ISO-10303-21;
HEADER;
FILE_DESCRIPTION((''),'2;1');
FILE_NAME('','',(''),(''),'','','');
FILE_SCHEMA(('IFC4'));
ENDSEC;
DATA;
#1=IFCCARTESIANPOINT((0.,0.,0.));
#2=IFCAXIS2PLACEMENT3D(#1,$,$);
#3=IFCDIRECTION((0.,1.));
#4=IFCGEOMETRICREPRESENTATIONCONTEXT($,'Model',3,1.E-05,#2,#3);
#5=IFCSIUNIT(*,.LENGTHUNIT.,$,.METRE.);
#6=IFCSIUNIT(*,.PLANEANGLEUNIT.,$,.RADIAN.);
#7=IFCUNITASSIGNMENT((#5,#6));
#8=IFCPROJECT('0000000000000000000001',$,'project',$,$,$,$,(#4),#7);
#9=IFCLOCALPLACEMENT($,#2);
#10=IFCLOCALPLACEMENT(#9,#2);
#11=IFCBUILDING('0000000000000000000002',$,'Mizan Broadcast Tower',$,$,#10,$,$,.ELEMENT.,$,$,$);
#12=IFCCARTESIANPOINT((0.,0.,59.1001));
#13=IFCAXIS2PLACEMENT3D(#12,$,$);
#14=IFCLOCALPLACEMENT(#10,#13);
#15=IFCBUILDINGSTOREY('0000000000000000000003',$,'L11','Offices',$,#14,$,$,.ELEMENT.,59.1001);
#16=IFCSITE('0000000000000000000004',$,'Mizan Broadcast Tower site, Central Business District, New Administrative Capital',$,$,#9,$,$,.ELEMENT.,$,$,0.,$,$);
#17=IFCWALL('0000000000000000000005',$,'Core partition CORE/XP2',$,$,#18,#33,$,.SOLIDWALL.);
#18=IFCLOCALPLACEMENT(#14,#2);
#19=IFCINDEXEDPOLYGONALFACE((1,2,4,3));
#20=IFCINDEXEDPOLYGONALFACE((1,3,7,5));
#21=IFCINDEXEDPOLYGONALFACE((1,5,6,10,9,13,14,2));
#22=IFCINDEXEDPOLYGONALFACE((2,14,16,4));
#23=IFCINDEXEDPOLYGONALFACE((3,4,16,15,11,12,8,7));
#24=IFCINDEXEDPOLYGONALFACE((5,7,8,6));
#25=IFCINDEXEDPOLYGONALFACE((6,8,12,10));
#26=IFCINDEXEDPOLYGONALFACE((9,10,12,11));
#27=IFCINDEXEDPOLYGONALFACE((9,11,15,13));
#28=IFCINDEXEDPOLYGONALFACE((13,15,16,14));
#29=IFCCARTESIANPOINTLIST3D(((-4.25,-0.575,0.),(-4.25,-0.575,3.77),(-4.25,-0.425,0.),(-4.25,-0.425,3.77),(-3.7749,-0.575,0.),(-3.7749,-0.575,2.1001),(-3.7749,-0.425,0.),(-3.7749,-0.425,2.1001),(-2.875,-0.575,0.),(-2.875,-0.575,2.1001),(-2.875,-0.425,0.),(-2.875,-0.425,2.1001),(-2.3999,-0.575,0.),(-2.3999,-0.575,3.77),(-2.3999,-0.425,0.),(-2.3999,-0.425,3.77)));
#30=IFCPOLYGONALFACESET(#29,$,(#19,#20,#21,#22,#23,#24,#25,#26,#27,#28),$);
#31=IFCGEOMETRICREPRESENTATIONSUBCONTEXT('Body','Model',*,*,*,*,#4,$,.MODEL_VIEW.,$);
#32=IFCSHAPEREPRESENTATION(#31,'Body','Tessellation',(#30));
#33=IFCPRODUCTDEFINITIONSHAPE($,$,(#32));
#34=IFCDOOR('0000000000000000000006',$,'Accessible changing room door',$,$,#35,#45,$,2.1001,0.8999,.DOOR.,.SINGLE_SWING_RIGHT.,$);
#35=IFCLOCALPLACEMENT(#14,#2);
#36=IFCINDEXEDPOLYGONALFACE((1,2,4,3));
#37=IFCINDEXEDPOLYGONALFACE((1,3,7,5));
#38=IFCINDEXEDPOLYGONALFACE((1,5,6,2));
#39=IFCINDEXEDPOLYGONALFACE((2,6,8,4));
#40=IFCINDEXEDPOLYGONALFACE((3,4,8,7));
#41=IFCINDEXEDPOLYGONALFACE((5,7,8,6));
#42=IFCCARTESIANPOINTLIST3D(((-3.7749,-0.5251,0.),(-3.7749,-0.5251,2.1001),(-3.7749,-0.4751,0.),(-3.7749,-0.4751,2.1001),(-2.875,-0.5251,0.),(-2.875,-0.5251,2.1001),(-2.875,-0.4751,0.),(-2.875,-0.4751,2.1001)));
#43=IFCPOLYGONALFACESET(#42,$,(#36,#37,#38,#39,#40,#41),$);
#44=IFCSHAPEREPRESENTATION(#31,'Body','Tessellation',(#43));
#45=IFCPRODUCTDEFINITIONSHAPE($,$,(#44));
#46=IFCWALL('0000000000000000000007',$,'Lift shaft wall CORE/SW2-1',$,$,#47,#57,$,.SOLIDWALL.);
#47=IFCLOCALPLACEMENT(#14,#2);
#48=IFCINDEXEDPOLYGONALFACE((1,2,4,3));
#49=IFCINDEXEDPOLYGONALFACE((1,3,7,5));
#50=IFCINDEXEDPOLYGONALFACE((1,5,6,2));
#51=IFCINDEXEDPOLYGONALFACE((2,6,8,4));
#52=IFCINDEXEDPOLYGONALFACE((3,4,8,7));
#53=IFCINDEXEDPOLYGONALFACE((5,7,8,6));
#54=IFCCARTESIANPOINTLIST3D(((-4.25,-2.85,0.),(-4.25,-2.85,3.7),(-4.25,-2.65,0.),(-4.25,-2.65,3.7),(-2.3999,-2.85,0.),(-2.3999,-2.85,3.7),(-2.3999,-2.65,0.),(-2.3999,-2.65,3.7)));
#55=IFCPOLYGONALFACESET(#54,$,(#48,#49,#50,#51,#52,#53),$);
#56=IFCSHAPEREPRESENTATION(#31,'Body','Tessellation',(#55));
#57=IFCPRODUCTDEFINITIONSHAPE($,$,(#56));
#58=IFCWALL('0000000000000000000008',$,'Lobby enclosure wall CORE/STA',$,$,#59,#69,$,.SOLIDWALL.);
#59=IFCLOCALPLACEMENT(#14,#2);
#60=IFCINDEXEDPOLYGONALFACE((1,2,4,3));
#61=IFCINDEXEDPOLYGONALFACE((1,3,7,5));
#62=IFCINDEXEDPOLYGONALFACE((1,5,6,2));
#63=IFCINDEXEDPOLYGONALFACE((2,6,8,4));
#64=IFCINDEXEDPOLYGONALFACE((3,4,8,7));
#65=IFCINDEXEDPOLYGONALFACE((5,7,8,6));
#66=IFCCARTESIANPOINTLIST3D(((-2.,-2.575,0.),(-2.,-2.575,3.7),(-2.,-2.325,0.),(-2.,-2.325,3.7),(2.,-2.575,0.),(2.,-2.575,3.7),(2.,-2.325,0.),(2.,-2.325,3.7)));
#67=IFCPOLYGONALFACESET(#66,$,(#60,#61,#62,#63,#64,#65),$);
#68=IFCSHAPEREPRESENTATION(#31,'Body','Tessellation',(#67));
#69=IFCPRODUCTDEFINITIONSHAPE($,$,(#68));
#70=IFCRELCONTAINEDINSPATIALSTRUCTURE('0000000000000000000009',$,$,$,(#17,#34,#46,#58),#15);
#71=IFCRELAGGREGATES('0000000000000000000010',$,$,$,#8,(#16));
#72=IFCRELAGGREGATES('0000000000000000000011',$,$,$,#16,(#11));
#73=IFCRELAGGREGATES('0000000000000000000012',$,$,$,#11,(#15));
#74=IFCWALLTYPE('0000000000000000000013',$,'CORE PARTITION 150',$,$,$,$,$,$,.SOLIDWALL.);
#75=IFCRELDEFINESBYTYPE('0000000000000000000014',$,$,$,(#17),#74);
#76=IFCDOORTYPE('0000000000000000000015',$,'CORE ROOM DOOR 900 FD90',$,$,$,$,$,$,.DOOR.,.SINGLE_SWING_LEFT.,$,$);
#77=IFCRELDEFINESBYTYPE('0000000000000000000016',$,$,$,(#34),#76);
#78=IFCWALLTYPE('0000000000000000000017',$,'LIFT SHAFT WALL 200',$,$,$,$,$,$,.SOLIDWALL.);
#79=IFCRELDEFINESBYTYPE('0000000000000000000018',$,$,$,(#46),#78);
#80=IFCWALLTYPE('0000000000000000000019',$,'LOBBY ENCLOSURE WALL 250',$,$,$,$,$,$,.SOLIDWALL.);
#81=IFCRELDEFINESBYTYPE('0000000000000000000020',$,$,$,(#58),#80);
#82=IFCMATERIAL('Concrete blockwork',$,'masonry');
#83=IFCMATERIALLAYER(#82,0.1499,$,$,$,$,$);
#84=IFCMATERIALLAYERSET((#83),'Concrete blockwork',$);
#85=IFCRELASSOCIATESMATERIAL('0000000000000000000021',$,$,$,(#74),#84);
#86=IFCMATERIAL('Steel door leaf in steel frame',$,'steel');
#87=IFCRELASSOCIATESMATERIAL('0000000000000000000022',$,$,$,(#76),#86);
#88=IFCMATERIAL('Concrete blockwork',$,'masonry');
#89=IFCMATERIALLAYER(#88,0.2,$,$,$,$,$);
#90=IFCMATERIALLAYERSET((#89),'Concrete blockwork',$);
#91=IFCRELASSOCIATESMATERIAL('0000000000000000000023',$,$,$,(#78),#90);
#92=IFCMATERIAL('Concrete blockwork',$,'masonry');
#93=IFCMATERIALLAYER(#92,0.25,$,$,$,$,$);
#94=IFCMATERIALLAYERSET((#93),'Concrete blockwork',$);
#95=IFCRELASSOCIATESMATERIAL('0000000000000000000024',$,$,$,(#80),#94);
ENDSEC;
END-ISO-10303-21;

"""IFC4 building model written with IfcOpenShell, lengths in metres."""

from ifc_helpers import new_model, si_unit, direction, frame, frame_2d, origin, place, context, subcontext, project, spatial, rectangle, extrude, material, layer, layer_set, type_object, element, fill, save


model = new_model("IFC4")

# Units and contexts
model_context = context("Model", 3, precision=1e-05, world=origin(), true_north=direction((0.0, 1.0)))
body_context = subcontext(model_context, "Body", "Model", "MODEL_VIEW")
ifc_project = project(units=[si_unit("LENGTHUNIT", "METRE"), si_unit("PLANEANGLEUNIT", "RADIAN")], contexts=[model_context])

# Site, building, storey
site_placement = place(None, origin())
site = spatial("IfcSite", under=ifc_project, at=site_placement, Name="Mizan Broadcast Tower site, Central Business District, New Administrative Capital", CompositionType="ELEMENT", RefElevation=0.0)
building_placement = place(site_placement, origin())
building = spatial("IfcBuilding", under=site, at=building_placement, Name="Mizan Broadcast Tower", CompositionType="ELEMENT")
storey_placement = place(building_placement, frame((0.0, 0.0, 59.1001)))
storey = spatial("IfcBuildingStorey", under=building, at=storey_placement, Name="L11", Description="Offices", CompositionType="ELEMENT", Elevation=59.1001)

# Wall, opening, door
ifc_material_1 = material(Name="Concrete blockwork", Category="masonry")
ifc_layer_1 = layer(ifc_material_1, 0.1499)
ifc_layer_set_1 = layer_set([ifc_layer_1], Name="Concrete blockwork")
wall_type_1 = type_object("IfcWallType", Name="CORE PARTITION 150", PredefinedType="SOLIDWALL", material=ifc_layer_set_1)
wall_1_placement = place(storey_placement, frame((-4.25, -0.5, 0.0), z_axis=(0.0, 0.0, 1.0), x_axis=(1.0, 0.0, 0.0)))
wall_1 = element("IfcWall", 1, at=wall_1_placement, inside=storey, type_object=wall_type_1, Name="Core partition CORE/XP2", PredefinedType="SOLIDWALL", context=body_context, shape_type="SweptSolid", body=[
    extrude(rectangle(XDim=1.8501, YDim=0.1499, at=frame_2d((0.925, 0.0))), origin(), (0.0, 0.0, 1.0), 3.77),
])
opening_1_placement = place(wall_1_placement, frame((0.4751, 0.0, 0.0)))
opening_1 = element("IfcOpeningElement", 2, at=opening_1_placement, cuts=wall_1, PredefinedType="OPENING", context=body_context, shape_type="SweptSolid", body=[
    extrude(rectangle(XDim=0.8999, YDim=2.1001, at=frame_2d((0.45, 1.05))), frame((0.0, 0.085, 0.0), z_axis=(0.0, -1.0, 0.0), x_axis=(1.0, 0.0, 0.0)), (0.0, 0.0, 1.0), 0.1699),
])
ifc_material_2 = material(Name="Steel door leaf in steel frame", Category="steel")
door_type_1 = type_object("IfcDoorType", Name="CORE ROOM DOOR 900 FD90", OperationType="SINGLE_SWING_LEFT", PredefinedType="DOOR", material=ifc_material_2)
door_1_placement = place(opening_1_placement, origin())
door_1 = element("IfcDoor", 3, at=door_1_placement, inside=storey, type_object=door_type_1, Name="Accessible changing room door", OperationType="SINGLE_SWING_RIGHT", OverallHeight=2.1001, OverallWidth=0.8999, PredefinedType="DOOR", context=body_context, shape_type="SweptSolid", body=[
    extrude(rectangle(XDim=0.8999, YDim=2.1001, at=frame_2d((0.45, 1.05))), frame((0.0, 0.0249, 0.0), z_axis=(0.0, -1.0, 0.0), x_axis=(1.0, 0.0, 0.0)), (0.0, 0.0, 1.0), 0.05),
])
fill(opening_1, door_1)

# Walls
ifc_material_3 = material(Name="Concrete blockwork", Category="masonry")
ifc_layer_2 = layer(ifc_material_3, 0.2)
ifc_layer_set_2 = layer_set([ifc_layer_2], Name="Concrete blockwork")
wall_type_2 = type_object("IfcWallType", Name="LIFT SHAFT WALL 200", PredefinedType="SOLIDWALL", material=ifc_layer_set_2)
wall_2_placement = place(storey_placement, frame((-4.25, -2.75, 0.0), z_axis=(0.0, 0.0, 1.0), x_axis=(1.0, 0.0, 0.0)))
element("IfcWall", 4, at=wall_2_placement, inside=storey, type_object=wall_type_2, Name="Lift shaft wall CORE/SW2-1", PredefinedType="SOLIDWALL", context=body_context, shape_type="SweptSolid", body=[
    extrude(rectangle(XDim=1.8501, YDim=0.2, at=frame_2d((0.925, 0.0))), origin(), (0.0, 0.0, 1.0), 3.7),
])
ifc_material_4 = material(Name="Concrete blockwork", Category="masonry")
ifc_layer_3 = layer(ifc_material_4, 0.25)
ifc_layer_set_3 = layer_set([ifc_layer_3], Name="Concrete blockwork")
wall_type_3 = type_object("IfcWallType", Name="LOBBY ENCLOSURE WALL 250", PredefinedType="SOLIDWALL", material=ifc_layer_set_3)
wall_3_placement = place(storey_placement, frame((-2.0, -2.45, 0.0), z_axis=(0.0, 0.0, 1.0), x_axis=(1.0, 0.0, 0.0)))
element("IfcWall", 5, at=wall_3_placement, inside=storey, type_object=wall_type_3, Name="Lobby enclosure wall CORE/STA", PredefinedType="SOLIDWALL", context=body_context, shape_type="SweptSolid", body=[
    extrude(rectangle(XDim=4.0, YDim=0.25, at=frame_2d((2.0, 0.0))), origin(), (0.0, 0.0, 1.0), 3.7),
])

save(model, "model.ifc")
